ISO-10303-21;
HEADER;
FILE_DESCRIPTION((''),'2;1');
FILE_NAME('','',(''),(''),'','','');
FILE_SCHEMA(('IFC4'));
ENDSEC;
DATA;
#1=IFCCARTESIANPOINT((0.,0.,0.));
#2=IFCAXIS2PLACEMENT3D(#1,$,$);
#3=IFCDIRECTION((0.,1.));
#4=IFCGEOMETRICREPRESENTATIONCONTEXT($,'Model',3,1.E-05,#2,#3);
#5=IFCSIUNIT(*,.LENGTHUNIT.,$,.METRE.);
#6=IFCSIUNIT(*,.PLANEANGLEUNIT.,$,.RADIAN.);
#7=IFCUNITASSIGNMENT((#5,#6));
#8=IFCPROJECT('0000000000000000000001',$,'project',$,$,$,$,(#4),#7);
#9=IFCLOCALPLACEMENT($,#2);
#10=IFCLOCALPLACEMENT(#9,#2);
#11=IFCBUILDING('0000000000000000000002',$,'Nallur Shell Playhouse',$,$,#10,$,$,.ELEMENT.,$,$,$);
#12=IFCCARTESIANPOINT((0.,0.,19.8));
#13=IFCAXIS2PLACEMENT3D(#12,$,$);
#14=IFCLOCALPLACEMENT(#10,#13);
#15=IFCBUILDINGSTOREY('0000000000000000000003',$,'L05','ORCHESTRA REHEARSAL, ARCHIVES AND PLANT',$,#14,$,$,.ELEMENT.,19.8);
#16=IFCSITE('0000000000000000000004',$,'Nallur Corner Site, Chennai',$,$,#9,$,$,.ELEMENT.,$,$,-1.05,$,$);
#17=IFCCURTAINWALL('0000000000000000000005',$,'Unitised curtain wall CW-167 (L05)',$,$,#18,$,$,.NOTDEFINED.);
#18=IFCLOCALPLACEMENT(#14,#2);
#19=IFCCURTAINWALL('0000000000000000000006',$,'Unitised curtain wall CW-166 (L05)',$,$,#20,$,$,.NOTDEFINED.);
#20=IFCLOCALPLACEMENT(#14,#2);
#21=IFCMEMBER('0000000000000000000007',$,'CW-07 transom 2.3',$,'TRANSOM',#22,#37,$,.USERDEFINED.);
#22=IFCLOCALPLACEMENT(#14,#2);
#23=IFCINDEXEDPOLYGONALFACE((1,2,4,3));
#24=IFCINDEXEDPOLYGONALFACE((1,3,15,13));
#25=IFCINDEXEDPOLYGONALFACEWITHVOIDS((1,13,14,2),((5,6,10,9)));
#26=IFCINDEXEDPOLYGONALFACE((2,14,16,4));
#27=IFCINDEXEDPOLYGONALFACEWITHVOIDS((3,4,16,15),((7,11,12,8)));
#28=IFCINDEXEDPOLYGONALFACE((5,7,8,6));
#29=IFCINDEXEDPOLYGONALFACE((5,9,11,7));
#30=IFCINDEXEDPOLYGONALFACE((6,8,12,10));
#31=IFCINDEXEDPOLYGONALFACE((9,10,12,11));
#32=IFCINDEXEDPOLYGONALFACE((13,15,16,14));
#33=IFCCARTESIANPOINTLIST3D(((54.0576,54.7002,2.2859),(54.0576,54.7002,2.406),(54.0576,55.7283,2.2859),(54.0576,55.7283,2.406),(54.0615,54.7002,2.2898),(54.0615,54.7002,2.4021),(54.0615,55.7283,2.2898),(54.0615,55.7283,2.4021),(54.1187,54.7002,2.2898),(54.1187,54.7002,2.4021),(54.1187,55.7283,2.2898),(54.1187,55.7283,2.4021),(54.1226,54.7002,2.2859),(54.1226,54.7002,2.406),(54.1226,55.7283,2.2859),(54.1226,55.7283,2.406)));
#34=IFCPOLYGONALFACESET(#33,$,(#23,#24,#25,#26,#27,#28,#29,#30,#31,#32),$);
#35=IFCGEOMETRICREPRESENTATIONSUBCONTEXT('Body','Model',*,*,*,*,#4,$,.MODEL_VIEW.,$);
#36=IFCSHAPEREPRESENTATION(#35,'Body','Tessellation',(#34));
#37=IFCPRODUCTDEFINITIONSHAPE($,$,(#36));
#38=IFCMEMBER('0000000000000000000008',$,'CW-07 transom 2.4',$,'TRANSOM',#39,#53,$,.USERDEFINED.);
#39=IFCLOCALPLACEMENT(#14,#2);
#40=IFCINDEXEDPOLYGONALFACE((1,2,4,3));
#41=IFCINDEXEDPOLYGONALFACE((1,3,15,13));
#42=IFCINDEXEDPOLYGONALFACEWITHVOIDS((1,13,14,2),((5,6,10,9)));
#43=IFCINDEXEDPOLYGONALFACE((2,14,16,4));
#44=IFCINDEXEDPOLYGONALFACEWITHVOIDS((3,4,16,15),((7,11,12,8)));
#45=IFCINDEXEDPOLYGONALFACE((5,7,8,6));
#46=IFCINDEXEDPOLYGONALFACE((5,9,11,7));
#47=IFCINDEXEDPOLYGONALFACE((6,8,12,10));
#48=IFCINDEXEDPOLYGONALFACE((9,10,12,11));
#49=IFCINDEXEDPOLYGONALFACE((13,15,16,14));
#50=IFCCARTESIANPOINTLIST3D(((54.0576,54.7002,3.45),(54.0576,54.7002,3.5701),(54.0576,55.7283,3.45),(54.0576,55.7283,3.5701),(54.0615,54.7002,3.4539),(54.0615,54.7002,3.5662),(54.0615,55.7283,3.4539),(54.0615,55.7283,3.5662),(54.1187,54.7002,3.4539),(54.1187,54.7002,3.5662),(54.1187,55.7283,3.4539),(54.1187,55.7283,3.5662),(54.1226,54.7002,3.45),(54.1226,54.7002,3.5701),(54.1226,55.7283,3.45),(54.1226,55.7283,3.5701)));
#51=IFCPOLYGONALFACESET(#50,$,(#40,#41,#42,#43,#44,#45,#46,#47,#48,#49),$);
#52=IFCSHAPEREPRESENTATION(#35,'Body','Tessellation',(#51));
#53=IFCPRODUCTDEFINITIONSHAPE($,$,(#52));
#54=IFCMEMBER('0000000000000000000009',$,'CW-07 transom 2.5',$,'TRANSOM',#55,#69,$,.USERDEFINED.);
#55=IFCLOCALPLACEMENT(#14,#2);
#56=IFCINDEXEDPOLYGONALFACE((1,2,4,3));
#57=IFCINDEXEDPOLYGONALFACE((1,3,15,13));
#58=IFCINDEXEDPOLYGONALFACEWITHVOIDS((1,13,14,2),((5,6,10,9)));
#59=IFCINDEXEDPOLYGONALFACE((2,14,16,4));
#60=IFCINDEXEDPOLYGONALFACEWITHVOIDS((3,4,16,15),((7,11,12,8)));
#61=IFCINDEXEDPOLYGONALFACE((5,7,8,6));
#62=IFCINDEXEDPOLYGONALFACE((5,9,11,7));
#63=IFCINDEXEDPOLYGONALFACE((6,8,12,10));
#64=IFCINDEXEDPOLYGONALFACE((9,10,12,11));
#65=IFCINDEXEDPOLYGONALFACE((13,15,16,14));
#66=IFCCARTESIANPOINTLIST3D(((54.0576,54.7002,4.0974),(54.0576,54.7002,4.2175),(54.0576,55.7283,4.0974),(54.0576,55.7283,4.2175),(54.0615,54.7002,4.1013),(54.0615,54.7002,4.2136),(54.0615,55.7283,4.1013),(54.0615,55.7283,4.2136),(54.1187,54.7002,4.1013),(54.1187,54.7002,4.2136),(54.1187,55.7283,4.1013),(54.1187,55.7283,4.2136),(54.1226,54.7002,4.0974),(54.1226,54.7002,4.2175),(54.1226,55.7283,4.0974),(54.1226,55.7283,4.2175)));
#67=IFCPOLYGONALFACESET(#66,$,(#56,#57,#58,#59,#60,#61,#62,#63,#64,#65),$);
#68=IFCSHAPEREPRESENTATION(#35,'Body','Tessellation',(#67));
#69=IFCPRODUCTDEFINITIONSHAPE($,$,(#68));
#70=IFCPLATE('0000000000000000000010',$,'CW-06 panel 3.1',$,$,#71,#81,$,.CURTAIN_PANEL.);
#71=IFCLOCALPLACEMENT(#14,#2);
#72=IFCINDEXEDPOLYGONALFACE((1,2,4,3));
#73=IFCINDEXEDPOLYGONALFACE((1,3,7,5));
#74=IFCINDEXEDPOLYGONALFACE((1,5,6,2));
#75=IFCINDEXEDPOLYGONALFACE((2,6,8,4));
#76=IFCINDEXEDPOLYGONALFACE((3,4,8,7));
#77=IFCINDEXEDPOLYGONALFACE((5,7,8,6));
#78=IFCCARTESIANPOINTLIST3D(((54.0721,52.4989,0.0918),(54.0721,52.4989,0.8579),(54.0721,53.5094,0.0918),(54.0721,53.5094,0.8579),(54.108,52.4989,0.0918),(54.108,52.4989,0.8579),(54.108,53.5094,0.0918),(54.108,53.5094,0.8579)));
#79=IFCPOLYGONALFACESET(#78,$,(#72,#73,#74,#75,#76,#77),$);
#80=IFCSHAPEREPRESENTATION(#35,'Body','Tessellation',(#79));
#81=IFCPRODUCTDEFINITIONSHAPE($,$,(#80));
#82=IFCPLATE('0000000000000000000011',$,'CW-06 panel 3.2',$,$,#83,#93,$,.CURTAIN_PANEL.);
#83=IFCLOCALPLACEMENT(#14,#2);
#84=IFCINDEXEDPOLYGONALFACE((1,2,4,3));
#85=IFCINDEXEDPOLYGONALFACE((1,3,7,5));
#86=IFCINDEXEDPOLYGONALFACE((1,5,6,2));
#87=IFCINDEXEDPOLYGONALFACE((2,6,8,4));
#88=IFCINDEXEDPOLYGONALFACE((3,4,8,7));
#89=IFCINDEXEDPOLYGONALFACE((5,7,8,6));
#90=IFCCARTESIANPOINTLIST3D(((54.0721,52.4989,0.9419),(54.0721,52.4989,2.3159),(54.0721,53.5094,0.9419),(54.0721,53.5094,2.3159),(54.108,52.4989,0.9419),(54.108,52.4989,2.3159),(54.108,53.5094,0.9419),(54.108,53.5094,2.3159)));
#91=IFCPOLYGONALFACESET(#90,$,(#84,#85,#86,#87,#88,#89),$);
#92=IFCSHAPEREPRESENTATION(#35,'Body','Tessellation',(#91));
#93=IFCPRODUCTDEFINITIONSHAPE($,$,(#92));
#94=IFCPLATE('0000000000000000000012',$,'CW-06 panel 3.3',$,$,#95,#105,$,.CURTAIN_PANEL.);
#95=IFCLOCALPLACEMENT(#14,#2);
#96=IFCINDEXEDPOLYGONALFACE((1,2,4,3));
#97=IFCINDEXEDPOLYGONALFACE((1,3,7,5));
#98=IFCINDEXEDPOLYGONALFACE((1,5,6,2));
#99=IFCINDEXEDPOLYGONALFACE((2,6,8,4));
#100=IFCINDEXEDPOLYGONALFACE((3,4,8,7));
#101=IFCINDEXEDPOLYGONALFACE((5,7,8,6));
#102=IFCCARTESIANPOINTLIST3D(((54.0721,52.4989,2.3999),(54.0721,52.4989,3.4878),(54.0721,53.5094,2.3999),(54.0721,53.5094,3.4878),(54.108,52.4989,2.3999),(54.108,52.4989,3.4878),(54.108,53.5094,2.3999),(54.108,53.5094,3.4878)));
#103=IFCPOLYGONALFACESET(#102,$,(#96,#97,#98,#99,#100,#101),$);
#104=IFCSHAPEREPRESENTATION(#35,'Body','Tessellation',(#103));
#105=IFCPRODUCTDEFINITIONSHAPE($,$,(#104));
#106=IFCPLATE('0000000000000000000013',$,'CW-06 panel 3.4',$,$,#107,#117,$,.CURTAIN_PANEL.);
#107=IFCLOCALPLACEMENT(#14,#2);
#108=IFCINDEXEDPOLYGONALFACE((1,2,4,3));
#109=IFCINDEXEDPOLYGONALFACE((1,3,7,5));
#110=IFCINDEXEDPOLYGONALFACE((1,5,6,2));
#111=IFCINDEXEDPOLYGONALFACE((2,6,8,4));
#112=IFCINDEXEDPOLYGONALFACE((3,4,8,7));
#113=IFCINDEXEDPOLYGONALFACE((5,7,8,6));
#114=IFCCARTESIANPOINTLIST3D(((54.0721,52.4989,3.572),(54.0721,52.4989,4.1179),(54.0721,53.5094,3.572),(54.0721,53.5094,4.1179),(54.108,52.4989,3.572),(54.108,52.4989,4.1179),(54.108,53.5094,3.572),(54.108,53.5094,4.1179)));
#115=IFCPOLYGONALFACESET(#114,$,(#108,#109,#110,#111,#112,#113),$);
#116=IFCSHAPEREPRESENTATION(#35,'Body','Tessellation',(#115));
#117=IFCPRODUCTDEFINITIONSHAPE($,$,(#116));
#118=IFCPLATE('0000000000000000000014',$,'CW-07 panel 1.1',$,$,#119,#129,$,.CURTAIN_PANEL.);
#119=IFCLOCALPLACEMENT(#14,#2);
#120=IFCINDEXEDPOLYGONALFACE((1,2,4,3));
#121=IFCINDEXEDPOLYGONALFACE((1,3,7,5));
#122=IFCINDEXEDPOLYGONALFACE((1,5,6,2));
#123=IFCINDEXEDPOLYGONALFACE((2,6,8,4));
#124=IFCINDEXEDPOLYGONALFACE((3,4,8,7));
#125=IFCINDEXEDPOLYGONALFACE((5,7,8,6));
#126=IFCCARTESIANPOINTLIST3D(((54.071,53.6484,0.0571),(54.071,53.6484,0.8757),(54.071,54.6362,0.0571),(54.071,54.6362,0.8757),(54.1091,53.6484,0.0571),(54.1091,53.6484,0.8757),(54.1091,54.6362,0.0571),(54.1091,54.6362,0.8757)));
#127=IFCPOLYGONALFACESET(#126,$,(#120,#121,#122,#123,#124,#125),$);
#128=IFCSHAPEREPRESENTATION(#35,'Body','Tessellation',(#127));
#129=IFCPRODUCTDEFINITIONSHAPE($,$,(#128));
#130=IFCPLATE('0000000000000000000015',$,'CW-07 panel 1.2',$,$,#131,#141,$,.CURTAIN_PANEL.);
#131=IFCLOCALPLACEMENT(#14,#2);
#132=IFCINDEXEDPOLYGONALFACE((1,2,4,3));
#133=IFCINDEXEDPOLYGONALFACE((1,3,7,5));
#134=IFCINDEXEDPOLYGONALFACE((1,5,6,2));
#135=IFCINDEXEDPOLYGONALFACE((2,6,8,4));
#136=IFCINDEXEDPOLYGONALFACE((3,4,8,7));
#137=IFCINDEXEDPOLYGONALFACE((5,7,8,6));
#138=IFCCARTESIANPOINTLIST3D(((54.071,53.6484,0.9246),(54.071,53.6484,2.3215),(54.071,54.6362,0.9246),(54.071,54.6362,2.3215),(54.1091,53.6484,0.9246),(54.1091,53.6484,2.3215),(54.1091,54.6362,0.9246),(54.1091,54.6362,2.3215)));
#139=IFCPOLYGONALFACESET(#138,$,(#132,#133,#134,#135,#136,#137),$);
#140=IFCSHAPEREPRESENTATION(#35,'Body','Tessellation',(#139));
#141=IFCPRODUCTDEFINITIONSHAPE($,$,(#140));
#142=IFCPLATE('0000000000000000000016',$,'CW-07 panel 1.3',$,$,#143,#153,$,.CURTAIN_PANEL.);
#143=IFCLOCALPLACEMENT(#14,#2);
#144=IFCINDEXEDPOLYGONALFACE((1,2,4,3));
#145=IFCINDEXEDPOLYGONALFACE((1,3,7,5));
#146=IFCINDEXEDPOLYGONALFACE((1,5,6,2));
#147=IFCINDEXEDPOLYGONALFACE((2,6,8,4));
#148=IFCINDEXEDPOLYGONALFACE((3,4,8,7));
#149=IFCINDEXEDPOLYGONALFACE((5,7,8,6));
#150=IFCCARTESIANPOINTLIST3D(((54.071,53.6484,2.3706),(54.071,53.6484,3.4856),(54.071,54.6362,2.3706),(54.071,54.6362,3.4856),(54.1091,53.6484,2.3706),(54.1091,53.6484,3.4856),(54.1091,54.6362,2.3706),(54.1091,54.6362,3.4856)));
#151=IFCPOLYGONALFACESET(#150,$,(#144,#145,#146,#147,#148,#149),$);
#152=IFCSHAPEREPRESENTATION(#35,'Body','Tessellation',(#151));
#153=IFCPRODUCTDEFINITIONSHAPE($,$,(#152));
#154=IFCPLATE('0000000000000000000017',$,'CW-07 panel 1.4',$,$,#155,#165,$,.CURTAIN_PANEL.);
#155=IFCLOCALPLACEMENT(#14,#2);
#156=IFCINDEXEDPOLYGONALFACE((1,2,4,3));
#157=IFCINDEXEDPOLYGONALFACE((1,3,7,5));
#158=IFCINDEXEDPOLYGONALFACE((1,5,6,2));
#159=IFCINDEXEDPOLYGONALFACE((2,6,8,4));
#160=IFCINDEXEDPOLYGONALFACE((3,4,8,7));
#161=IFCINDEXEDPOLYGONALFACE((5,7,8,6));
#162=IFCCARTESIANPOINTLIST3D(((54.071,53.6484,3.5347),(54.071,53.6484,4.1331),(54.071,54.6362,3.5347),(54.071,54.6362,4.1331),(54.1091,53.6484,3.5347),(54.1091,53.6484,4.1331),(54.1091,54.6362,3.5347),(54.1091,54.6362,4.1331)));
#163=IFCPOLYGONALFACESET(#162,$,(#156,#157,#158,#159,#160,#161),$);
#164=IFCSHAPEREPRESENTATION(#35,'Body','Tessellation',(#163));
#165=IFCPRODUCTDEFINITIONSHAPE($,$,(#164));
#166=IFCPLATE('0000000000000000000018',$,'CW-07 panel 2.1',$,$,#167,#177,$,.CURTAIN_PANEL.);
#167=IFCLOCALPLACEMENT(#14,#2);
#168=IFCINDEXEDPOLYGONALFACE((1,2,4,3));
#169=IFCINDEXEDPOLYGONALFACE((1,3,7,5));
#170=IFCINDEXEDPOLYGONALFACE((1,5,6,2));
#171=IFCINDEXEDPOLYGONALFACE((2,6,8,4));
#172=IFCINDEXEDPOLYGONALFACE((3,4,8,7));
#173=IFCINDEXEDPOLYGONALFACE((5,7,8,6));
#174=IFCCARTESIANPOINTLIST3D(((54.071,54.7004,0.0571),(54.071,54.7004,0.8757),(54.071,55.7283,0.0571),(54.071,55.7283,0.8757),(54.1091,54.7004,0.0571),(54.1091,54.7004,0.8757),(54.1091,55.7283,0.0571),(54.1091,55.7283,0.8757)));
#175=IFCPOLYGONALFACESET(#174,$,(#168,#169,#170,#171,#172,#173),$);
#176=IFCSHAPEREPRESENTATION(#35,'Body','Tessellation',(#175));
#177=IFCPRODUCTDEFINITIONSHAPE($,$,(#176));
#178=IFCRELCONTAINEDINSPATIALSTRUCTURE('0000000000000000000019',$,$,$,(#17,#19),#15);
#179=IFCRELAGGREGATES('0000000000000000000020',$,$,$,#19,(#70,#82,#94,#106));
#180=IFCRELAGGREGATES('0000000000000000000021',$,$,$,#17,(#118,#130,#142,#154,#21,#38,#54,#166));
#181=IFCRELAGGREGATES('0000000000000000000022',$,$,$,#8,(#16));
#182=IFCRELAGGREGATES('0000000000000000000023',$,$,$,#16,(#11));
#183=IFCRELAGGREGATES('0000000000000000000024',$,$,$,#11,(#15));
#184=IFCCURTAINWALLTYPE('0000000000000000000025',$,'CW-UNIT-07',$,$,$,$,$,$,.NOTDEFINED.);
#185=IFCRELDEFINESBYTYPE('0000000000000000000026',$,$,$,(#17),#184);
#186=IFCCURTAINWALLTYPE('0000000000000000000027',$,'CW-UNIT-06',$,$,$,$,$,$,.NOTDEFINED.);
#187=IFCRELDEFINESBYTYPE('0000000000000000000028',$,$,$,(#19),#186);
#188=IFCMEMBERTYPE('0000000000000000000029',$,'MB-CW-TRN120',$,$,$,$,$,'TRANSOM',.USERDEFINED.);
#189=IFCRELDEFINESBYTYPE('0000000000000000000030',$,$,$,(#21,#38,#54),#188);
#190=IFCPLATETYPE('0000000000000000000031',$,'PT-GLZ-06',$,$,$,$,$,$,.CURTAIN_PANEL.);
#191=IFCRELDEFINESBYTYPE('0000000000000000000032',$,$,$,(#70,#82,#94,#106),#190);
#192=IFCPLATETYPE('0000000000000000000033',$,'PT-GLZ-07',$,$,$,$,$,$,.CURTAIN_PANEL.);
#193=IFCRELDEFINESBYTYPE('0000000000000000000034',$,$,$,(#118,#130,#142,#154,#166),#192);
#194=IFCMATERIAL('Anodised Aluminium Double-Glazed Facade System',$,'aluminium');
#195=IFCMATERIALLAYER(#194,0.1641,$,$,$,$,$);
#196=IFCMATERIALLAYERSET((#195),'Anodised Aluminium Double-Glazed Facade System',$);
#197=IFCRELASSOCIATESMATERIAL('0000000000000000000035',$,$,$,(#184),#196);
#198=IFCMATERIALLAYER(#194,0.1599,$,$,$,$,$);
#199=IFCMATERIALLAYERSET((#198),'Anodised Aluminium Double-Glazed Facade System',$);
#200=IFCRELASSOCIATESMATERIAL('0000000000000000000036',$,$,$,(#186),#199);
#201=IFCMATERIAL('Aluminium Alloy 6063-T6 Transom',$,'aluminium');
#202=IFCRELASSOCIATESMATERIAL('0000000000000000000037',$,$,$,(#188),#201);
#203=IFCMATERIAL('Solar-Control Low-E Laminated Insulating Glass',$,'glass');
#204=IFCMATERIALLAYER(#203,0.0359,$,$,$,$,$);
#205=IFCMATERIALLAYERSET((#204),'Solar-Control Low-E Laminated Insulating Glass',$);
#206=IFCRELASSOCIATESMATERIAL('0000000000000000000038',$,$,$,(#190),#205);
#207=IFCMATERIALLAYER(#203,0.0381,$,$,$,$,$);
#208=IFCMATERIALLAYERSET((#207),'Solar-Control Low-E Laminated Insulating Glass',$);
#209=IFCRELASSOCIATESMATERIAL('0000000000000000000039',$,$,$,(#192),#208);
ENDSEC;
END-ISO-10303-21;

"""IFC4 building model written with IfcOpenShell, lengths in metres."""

from ifc_helpers import new_model, si_unit, direction, frame, origin, origin_2d, place, context, subcontext, project, spatial, rectangle, hollow_rectangle, extrude, material, layer, layer_set, material_profile, profile_set, type_object, element, aggregate, save


model = new_model("IFC4")

# Units and contexts
model_context = context("Model", 3, precision=1e-05, world=origin(), true_north=direction((0.0, 1.0)))
body_context = subcontext(model_context, "Body", "Model", "MODEL_VIEW")
ifc_project = project(units=[si_unit("LENGTHUNIT", "METRE"), si_unit("PLANEANGLEUNIT", "RADIAN")], contexts=[model_context])

# Site, building, storey
site_placement = place(None, origin())
site = spatial("IfcSite", under=ifc_project, at=site_placement, Name="Nallur Corner Site, Chennai", CompositionType="ELEMENT", RefElevation=-1.05)
building_placement = place(site_placement, origin())
building = spatial("IfcBuilding", under=site, at=building_placement, Name="Nallur Shell Playhouse", CompositionType="ELEMENT")
storey_placement = place(building_placement, frame((0.0, 0.0, 19.8)))
storey = spatial("IfcBuildingStorey", under=building, at=storey_placement, Name="L05", Description="ORCHESTRA REHEARSAL, ARCHIVES AND PLANT", CompositionType="ELEMENT", Elevation=19.8)

# Curtain wall
ifc_material_1 = material(Name="Anodised Aluminium Double-Glazed Facade System", Category="aluminium")
ifc_layer_1 = layer(ifc_material_1, 0.1641)
ifc_layer_set_1 = layer_set([ifc_layer_1], Name="Anodised Aluminium Double-Glazed Facade System")
curtain_wall_type_1 = type_object("IfcCurtainWallType", Name="CW-UNIT-07", PredefinedType="NOTDEFINED", material=ifc_layer_set_1)
curtain_wall_1_placement = place(storey_placement, origin())
curtain_wall_1 = element("IfcCurtainWall", 1, at=curtain_wall_1_placement, inside=storey, type_object=curtain_wall_type_1, Name="Unitised curtain wall CW-167 (L05)", PredefinedType="NOTDEFINED")

# Curtain wall
ifc_layer_2 = layer(ifc_material_1, 0.1599)
ifc_layer_set_2 = layer_set([ifc_layer_2], Name="Anodised Aluminium Double-Glazed Facade System")
curtain_wall_type_2 = type_object("IfcCurtainWallType", Name="CW-UNIT-06", PredefinedType="NOTDEFINED", material=ifc_layer_set_2)
curtain_wall_2_placement = place(storey_placement, origin())
curtain_wall_2 = element("IfcCurtainWall", 2, at=curtain_wall_2_placement, inside=storey, type_object=curtain_wall_type_2, Name="Unitised curtain wall CW-166 (L05)", PredefinedType="NOTDEFINED")

# Members
ifc_material_2 = material(Name="Aluminium Alloy 6063-T6 Transom", Category="aluminium")
ifc_material_profile_1 = material_profile(ifc_material_2, hollow_rectangle(XDim=0.0649, YDim=0.1201, WallThickness=0.0039, at=origin_2d()), Name="ALU 65x120x4")
ifc_profile_set_1 = profile_set([ifc_material_profile_1], Name="Aluminium Alloy 6063-T6 Transom")
member_type_1 = type_object("IfcMemberType", Name="MB-CW-TRN120", ElementType="TRANSOM", PredefinedType="USERDEFINED", material=ifc_profile_set_1)
member_1_placement = place(storey_placement, frame((54.0901, 54.7002, 2.3459), z_axis=(0.0, 1.0, 0.0), x_axis=(-1.0, 0.0, 0.0)))
member_1 = element("IfcMember", 3, at=member_1_placement, type_object=member_type_1, Name="CW-07 transom 2.3", ObjectType="TRANSOM", PredefinedType="USERDEFINED", context=body_context, shape_type="SweptSolid", body=[
    extrude(hollow_rectangle(XDim=0.0649, YDim=0.1201, WallThickness=0.0039, at=origin_2d()), origin(), (0.0, 0.0, 1.0), 1.0281),
])
member_2_placement = place(storey_placement, frame((54.0901, 54.7002, 3.51), z_axis=(0.0, 1.0, 0.0), x_axis=(-1.0, 0.0, 0.0)))
member_2 = element("IfcMember", 4, at=member_2_placement, type_object=member_type_1, Name="CW-07 transom 2.4", ObjectType="TRANSOM", PredefinedType="USERDEFINED", context=body_context, shape_type="SweptSolid", body=[
    extrude(hollow_rectangle(XDim=0.0649, YDim=0.1201, WallThickness=0.0039, at=origin_2d()), origin(), (0.0, 0.0, 1.0), 1.0281),
])
member_3_placement = place(storey_placement, frame((54.0901, 54.7002, 4.1575), z_axis=(0.0, 1.0, 0.0), x_axis=(-1.0, 0.0, 0.0)))
member_3 = element("IfcMember", 5, at=member_3_placement, type_object=member_type_1, Name="CW-07 transom 2.5", ObjectType="TRANSOM", PredefinedType="USERDEFINED", context=body_context, shape_type="SweptSolid", body=[
    extrude(hollow_rectangle(XDim=0.0649, YDim=0.1201, WallThickness=0.0039, at=origin_2d()), origin(), (0.0, 0.0, 1.0), 1.0281),
])

# Plates
ifc_material_3 = material(Name="Solar-Control Low-E Laminated Insulating Glass", Category="glass")
ifc_layer_3 = layer(ifc_material_3, 0.0359)
ifc_layer_set_3 = layer_set([ifc_layer_3], Name="Solar-Control Low-E Laminated Insulating Glass")
plate_type_1 = type_object("IfcPlateType", Name="PT-GLZ-06", PredefinedType="CURTAIN_PANEL", material=ifc_layer_set_3)
plate_1_placement = place(storey_placement, frame((54.0901, 53.0042, 0.0918), z_axis=(0.0, 0.0, 1.0), x_axis=(0.0, 1.0, 0.0)))
plate_1 = element("IfcPlate", 6, at=plate_1_placement, type_object=plate_type_1, Name="CW-06 panel 3.1", PredefinedType="CURTAIN_PANEL", context=body_context, shape_type="SweptSolid", body=[
    extrude(rectangle(XDim=1.0105, YDim=0.0359, at=origin_2d()), origin(), (0.0, 0.0, 1.0), 0.7661),
])
plate_2_placement = place(storey_placement, frame((54.0901, 53.0042, 0.9419), z_axis=(0.0, 0.0, 1.0), x_axis=(0.0, 1.0, 0.0)))
plate_2 = element("IfcPlate", 7, at=plate_2_placement, type_object=plate_type_1, Name="CW-06 panel 3.2", PredefinedType="CURTAIN_PANEL", context=body_context, shape_type="SweptSolid", body=[
    extrude(rectangle(XDim=1.0105, YDim=0.0359, at=origin_2d()), origin(), (0.0, 0.0, 1.0), 1.374),
])
plate_3_placement = place(storey_placement, frame((54.0901, 53.0042, 2.3999), z_axis=(0.0, 0.0, 1.0), x_axis=(0.0, 1.0, 0.0)))
plate_3 = element("IfcPlate", 8, at=plate_3_placement, type_object=plate_type_1, Name="CW-06 panel 3.3", PredefinedType="CURTAIN_PANEL", context=body_context, shape_type="SweptSolid", body=[
    extrude(rectangle(XDim=1.0105, YDim=0.0359, at=origin_2d()), origin(), (0.0, 0.0, 1.0), 1.0879),
])
plate_4_placement = place(storey_placement, frame((54.0901, 53.0042, 3.572), z_axis=(0.0, 0.0, 1.0), x_axis=(0.0, 1.0, 0.0)))
plate_4 = element("IfcPlate", 9, at=plate_4_placement, type_object=plate_type_1, Name="CW-06 panel 3.4", PredefinedType="CURTAIN_PANEL", context=body_context, shape_type="SweptSolid", body=[
    extrude(rectangle(XDim=1.0105, YDim=0.0359, at=origin_2d()), origin(), (0.0, 0.0, 1.0), 0.5459),
])
aggregate(curtain_wall_2, [plate_1, plate_2, plate_3, plate_4])
ifc_layer_4 = layer(ifc_material_3, 0.0381)
ifc_layer_set_4 = layer_set([ifc_layer_4], Name="Solar-Control Low-E Laminated Insulating Glass")
plate_type_2 = type_object("IfcPlateType", Name="PT-GLZ-07", PredefinedType="CURTAIN_PANEL", material=ifc_layer_set_4)
plate_5_placement = place(storey_placement, frame((54.0901, 54.1423, 0.0571), z_axis=(0.0, 0.0, 1.0), x_axis=(0.0, 1.0, 0.0)))
plate_5 = element("IfcPlate", 10, at=plate_5_placement, type_object=plate_type_2, Name="CW-07 panel 1.1", PredefinedType="CURTAIN_PANEL", context=body_context, shape_type="SweptSolid", body=[
    extrude(rectangle(XDim=0.9878, YDim=0.0381, at=origin_2d()), origin(), (0.0, 0.0, 1.0), 0.8186),
])
plate_6_placement = place(storey_placement, frame((54.0901, 54.1423, 0.9246), z_axis=(0.0, 0.0, 1.0), x_axis=(0.0, 1.0, 0.0)))
plate_6 = element("IfcPlate", 11, at=plate_6_placement, type_object=plate_type_2, Name="CW-07 panel 1.2", PredefinedType="CURTAIN_PANEL", context=body_context, shape_type="SweptSolid", body=[
    extrude(rectangle(XDim=0.9878, YDim=0.0381, at=origin_2d()), origin(), (0.0, 0.0, 1.0), 1.397),
])
plate_7_placement = place(storey_placement, frame((54.0901, 54.1423, 2.3706), z_axis=(0.0, 0.0, 1.0), x_axis=(0.0, 1.0, 0.0)))
plate_7 = element("IfcPlate", 12, at=plate_7_placement, type_object=plate_type_2, Name="CW-07 panel 1.3", PredefinedType="CURTAIN_PANEL", context=body_context, shape_type="SweptSolid", body=[
    extrude(rectangle(XDim=0.9878, YDim=0.0381, at=origin_2d()), origin(), (0.0, 0.0, 1.0), 1.115),
])
plate_8_placement = place(storey_placement, frame((54.0901, 54.1423, 3.5347), z_axis=(0.0, 0.0, 1.0), x_axis=(0.0, 1.0, 0.0)))
plate_8 = element("IfcPlate", 13, at=plate_8_placement, type_object=plate_type_2, Name="CW-07 panel 1.4", PredefinedType="CURTAIN_PANEL", context=body_context, shape_type="SweptSolid", body=[
    extrude(rectangle(XDim=0.9878, YDim=0.0381, at=origin_2d()), origin(), (0.0, 0.0, 1.0), 0.5984),
])
plate_9_placement = place(storey_placement, frame((54.0901, 55.2144, 0.0571), z_axis=(0.0, 0.0, 1.0), x_axis=(0.0, 1.0, 0.0)))
plate_9 = element("IfcPlate", 14, at=plate_9_placement, type_object=plate_type_2, Name="CW-07 panel 2.1", PredefinedType="CURTAIN_PANEL", context=body_context, shape_type="SweptSolid", body=[
    extrude(rectangle(XDim=1.0278, YDim=0.0381, at=origin_2d()), origin(), (0.0, 0.0, 1.0), 0.8186),
])
aggregate(curtain_wall_1, [plate_5, plate_6, plate_7, plate_8, member_1, member_2, member_3, plate_9])

save(model, "model.ifc")
